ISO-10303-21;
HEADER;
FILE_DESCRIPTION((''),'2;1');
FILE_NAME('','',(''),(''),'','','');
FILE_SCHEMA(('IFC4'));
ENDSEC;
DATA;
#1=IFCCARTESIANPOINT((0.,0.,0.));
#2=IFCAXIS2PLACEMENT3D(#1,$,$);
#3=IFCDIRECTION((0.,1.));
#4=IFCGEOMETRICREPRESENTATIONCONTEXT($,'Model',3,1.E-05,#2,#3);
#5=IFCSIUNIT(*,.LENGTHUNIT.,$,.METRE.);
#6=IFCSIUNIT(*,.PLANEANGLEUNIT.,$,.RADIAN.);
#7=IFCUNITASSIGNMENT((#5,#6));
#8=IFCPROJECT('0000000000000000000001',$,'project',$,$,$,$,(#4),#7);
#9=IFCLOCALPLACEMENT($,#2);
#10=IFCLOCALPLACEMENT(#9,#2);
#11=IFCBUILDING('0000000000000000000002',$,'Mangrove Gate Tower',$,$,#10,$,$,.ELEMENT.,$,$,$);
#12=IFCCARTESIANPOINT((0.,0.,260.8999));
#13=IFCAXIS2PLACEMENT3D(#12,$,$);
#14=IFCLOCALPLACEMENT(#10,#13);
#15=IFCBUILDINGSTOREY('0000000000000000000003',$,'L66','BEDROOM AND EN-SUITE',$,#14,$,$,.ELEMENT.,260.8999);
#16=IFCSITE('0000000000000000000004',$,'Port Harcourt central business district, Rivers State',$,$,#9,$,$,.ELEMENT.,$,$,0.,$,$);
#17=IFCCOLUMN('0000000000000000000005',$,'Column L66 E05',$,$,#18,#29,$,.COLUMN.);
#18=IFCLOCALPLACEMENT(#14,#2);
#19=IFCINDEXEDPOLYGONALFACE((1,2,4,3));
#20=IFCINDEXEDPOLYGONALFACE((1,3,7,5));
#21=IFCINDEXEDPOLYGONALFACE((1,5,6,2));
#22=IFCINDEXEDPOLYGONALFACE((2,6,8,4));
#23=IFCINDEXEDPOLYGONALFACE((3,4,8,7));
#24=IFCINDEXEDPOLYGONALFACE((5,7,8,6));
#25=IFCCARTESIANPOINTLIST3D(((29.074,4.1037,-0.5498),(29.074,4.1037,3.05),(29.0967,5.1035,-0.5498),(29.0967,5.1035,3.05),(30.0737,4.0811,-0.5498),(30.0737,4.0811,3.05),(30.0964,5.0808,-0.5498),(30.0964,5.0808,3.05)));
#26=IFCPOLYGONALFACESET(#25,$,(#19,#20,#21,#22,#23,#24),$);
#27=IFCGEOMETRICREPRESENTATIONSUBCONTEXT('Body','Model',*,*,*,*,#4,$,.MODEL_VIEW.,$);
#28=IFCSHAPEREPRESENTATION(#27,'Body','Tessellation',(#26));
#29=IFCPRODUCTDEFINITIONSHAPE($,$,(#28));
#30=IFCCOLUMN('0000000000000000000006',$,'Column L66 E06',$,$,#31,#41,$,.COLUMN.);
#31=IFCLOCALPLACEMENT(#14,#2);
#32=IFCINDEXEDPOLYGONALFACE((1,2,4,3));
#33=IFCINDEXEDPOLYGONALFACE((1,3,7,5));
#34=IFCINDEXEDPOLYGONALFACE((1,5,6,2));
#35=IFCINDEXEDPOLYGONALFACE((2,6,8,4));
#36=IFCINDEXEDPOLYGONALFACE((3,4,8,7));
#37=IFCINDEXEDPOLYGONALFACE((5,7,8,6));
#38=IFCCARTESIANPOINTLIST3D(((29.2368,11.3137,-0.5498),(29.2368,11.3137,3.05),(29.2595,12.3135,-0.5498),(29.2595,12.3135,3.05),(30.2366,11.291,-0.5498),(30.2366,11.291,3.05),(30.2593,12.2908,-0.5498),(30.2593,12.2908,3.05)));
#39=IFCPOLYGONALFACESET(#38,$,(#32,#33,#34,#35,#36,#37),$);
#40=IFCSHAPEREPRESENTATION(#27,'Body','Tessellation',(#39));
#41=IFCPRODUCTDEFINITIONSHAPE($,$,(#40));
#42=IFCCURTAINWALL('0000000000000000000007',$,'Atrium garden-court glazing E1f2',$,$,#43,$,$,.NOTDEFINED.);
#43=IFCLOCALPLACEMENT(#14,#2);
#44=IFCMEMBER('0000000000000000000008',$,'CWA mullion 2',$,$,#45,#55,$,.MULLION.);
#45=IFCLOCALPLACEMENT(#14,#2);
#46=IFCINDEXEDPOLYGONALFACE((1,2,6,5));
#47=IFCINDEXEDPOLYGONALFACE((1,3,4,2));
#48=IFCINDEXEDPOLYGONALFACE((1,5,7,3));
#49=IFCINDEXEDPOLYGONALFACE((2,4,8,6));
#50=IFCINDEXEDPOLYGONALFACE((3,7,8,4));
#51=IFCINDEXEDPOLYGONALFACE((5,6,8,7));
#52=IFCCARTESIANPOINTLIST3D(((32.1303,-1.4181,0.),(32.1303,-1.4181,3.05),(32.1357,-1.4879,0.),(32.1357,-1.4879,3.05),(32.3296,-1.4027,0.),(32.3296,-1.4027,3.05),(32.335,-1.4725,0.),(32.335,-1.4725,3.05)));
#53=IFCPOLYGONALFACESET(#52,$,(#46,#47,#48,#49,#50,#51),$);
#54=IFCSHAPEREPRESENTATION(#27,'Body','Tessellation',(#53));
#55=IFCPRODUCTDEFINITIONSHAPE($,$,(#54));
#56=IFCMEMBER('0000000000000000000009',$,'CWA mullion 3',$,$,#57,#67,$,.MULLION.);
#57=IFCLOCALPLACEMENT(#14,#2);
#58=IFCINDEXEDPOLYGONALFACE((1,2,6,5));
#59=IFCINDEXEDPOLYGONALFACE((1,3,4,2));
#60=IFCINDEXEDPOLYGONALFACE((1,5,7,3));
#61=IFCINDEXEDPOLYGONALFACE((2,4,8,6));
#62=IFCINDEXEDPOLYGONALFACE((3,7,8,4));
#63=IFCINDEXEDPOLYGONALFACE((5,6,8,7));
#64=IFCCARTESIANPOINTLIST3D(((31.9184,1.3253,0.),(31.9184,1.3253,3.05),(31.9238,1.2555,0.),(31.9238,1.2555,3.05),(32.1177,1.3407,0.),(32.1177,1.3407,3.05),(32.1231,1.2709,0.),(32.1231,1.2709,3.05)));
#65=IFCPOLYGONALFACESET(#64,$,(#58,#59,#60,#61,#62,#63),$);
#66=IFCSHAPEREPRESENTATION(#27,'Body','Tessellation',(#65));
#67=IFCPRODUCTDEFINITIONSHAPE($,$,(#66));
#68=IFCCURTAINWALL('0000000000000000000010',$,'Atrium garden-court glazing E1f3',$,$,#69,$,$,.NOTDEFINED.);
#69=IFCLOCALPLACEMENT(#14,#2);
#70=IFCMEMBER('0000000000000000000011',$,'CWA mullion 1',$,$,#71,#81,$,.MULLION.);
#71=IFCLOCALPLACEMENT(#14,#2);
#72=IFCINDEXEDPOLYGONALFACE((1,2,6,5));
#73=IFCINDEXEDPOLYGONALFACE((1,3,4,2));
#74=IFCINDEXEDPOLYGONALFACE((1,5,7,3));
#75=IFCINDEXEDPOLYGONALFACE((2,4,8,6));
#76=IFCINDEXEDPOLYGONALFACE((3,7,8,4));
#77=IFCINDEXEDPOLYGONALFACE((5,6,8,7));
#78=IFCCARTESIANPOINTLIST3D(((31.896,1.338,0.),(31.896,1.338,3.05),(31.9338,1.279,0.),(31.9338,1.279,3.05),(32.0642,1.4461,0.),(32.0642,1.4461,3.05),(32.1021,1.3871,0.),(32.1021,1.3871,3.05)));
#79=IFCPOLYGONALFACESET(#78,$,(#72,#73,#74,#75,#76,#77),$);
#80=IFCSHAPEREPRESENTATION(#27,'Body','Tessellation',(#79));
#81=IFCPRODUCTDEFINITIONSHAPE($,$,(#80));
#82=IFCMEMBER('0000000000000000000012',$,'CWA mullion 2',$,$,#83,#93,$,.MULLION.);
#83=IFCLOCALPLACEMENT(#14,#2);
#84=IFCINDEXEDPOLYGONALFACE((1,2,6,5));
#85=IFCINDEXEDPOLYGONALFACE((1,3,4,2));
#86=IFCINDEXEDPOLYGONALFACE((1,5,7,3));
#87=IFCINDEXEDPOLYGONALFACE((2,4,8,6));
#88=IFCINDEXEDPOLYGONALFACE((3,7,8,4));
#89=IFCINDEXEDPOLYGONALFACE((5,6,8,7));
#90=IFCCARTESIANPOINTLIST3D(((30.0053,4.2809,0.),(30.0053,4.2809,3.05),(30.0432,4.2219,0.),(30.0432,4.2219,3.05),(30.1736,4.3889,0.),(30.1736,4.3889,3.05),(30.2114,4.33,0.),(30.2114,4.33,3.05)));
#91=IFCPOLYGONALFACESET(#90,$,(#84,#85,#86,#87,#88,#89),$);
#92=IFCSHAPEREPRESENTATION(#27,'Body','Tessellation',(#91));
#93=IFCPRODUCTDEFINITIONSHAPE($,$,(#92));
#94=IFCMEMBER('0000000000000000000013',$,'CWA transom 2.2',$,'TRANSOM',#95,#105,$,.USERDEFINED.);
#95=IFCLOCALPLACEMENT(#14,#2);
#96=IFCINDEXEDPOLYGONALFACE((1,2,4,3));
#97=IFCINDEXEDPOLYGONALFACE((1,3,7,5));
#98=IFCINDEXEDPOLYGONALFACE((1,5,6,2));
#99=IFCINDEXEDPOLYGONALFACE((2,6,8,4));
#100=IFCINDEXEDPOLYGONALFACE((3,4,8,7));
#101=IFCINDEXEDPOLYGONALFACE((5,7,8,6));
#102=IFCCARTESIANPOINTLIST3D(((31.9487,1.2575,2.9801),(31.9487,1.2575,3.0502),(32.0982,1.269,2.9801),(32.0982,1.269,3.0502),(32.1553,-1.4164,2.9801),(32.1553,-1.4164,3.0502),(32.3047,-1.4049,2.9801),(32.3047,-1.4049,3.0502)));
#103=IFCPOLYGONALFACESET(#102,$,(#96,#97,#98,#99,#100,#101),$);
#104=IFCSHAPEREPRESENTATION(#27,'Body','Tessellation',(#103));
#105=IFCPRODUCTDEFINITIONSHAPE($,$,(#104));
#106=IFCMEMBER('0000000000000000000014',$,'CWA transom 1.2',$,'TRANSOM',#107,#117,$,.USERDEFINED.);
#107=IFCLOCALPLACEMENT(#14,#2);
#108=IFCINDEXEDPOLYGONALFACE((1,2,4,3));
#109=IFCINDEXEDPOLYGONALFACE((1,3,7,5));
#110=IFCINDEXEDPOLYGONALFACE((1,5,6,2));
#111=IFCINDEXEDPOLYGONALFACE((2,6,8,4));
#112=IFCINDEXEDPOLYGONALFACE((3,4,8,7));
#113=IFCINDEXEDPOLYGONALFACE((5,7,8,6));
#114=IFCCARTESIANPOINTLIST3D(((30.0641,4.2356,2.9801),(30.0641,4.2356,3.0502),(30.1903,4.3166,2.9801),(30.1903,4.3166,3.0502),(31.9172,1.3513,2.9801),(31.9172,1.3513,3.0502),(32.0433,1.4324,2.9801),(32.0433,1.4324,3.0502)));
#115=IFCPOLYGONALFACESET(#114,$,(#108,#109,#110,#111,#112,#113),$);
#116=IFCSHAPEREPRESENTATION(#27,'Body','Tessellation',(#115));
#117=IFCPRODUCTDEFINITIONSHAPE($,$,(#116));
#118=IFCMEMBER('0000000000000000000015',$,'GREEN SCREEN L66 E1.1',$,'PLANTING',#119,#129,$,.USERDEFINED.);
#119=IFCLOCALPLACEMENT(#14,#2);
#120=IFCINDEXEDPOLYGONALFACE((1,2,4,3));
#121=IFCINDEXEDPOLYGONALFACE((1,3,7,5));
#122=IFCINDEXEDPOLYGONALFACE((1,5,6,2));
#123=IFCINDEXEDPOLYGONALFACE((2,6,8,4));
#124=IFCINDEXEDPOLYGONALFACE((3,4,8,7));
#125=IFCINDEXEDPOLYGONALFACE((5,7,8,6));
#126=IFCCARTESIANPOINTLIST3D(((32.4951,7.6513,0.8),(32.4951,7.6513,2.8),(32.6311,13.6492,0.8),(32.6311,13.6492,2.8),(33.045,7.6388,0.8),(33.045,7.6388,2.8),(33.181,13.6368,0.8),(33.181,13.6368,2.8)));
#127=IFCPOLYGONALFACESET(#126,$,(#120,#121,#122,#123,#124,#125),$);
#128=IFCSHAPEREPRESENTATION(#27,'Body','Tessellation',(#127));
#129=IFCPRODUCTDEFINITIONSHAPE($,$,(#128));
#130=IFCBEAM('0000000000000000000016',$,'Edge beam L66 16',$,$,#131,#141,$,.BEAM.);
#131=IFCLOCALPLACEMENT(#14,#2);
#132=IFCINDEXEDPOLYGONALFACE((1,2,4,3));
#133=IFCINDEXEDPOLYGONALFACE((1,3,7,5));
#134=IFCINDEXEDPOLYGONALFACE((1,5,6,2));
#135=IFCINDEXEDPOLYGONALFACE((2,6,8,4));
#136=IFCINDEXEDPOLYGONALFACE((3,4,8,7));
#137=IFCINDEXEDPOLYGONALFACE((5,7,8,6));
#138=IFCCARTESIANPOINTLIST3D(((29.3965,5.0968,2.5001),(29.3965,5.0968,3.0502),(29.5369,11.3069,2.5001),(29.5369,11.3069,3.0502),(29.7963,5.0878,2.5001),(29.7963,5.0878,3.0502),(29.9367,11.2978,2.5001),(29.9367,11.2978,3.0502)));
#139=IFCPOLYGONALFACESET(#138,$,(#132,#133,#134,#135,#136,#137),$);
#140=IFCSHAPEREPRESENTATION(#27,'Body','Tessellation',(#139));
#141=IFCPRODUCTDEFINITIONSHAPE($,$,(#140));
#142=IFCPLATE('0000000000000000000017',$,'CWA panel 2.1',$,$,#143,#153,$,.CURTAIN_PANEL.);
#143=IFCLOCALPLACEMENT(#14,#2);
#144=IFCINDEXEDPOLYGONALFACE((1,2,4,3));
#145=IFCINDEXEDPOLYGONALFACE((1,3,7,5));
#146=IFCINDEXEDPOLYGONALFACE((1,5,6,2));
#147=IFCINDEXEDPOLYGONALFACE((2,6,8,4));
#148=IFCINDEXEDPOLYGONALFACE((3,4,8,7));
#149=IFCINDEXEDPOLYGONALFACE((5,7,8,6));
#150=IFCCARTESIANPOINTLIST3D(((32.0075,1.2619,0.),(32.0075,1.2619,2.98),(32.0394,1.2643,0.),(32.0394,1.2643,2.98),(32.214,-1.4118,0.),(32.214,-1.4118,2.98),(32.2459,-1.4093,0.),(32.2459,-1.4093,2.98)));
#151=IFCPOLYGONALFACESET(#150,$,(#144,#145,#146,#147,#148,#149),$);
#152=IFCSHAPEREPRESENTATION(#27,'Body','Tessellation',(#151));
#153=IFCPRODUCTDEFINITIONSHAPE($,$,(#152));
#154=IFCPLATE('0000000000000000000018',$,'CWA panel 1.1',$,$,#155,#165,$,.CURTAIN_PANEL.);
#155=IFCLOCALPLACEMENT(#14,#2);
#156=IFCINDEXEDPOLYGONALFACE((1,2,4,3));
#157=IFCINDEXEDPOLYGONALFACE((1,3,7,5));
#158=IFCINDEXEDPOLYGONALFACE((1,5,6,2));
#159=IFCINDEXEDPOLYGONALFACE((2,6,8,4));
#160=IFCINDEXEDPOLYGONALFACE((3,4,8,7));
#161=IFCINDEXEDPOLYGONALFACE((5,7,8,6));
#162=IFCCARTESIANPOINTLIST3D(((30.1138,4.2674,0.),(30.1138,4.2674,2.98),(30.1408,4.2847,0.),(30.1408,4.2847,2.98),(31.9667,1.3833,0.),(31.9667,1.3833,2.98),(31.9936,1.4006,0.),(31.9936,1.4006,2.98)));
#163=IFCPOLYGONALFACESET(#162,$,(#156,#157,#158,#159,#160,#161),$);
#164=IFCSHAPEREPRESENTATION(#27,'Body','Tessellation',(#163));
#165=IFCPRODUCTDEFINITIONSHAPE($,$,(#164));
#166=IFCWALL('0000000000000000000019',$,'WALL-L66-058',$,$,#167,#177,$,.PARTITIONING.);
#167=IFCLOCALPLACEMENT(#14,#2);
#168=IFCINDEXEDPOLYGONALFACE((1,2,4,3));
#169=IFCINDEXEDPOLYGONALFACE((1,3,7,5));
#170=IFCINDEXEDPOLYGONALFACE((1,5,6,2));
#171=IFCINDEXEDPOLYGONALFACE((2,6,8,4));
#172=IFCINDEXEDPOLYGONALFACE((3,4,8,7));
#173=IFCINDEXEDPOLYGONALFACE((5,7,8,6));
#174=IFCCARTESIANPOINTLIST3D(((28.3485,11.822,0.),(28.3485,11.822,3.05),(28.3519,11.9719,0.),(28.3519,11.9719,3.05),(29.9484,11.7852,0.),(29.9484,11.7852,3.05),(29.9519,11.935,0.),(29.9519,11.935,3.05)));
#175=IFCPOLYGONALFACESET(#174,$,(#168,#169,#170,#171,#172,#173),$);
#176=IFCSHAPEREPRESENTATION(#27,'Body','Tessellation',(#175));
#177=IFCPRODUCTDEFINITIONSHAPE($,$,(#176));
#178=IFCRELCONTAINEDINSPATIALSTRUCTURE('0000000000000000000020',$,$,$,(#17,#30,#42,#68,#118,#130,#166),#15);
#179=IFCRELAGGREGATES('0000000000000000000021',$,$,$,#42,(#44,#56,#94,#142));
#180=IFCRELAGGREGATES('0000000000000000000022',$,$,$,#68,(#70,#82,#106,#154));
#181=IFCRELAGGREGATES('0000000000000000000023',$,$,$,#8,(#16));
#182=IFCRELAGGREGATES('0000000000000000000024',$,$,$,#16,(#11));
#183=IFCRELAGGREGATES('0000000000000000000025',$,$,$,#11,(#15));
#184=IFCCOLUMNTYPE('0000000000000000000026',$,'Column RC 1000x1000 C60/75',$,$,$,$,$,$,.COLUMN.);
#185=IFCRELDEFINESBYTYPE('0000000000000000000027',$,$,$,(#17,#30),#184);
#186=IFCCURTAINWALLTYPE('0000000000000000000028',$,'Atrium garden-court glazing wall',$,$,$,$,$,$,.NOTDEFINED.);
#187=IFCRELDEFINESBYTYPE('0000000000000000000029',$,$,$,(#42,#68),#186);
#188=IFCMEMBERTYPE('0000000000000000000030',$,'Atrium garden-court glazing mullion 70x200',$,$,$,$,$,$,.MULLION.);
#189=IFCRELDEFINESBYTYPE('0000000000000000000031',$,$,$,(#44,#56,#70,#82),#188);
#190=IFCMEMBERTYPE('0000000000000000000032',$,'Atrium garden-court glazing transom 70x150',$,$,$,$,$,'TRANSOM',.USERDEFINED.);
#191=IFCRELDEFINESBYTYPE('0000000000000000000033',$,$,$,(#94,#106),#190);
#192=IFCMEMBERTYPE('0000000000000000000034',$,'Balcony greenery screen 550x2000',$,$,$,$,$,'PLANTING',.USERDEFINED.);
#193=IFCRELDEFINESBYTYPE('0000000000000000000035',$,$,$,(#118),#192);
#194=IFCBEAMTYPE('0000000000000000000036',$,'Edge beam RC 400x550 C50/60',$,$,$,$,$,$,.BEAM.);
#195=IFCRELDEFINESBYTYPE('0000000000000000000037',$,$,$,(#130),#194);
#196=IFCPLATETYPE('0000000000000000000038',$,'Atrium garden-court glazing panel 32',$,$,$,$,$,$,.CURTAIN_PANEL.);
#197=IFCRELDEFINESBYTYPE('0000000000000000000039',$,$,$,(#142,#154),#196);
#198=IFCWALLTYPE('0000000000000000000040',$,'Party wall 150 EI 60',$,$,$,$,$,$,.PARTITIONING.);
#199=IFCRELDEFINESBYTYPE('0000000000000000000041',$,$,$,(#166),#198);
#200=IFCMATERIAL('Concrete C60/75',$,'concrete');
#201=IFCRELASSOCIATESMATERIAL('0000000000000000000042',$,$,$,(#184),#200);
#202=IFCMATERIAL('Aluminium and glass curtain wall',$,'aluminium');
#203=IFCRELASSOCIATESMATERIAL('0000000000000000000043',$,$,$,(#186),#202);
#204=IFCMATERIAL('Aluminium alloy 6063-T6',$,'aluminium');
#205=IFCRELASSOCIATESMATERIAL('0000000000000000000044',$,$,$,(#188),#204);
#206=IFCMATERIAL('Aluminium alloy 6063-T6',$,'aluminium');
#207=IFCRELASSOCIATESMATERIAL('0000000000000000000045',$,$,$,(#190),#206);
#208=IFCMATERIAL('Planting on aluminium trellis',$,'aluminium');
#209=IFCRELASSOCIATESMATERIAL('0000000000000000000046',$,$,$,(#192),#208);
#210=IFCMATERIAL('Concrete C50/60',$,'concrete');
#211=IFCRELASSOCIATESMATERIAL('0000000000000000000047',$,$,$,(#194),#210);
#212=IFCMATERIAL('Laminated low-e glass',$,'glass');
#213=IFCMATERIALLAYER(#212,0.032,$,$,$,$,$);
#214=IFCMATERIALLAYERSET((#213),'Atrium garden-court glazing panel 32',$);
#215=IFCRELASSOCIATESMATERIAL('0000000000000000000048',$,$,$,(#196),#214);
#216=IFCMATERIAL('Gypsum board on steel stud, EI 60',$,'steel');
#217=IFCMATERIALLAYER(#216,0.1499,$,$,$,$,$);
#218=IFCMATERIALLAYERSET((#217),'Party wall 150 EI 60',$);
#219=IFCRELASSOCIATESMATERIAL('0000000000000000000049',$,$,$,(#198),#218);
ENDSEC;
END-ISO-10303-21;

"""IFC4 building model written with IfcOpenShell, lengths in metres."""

from ifc_helpers import new_model, si_unit, direction, frame, frame_2d, origin, origin_2d, place, context, subcontext, project, spatial, rectangle, extrude, material, layer, layer_set, material_profile, profile_set, type_object, element, aggregate, save


model = new_model("IFC4")

# Units and contexts
model_context = context("Model", 3, precision=1e-05, world=origin(), true_north=direction((0.0, 1.0)))
body_context = subcontext(model_context, "Body", "Model", "MODEL_VIEW")
ifc_project = project(units=[si_unit("LENGTHUNIT", "METRE"), si_unit("PLANEANGLEUNIT", "RADIAN")], contexts=[model_context])

# Site, building, storey
site_placement = place(None, origin())
site = spatial("IfcSite", under=ifc_project, at=site_placement, Name="Port Harcourt central business district, Rivers State", CompositionType="ELEMENT", RefElevation=0.0)
building_placement = place(site_placement, origin())
building = spatial("IfcBuilding", under=site, at=building_placement, Name="Mangrove Gate Tower", CompositionType="ELEMENT")
storey_placement = place(building_placement, frame((0.0, 0.0, 260.8999)))
storey = spatial("IfcBuildingStorey", under=building, at=storey_placement, Name="L66", Description="BEDROOM AND EN-SUITE", CompositionType="ELEMENT", Elevation=260.8999)

# Columns
ifc_material_1 = material(Name="Concrete C60/75", Category="concrete")
ifc_material_profile_1 = material_profile(ifc_material_1, rectangle(XDim=1.0, YDim=1.0, at=origin_2d()))
ifc_profile_set_1 = profile_set([ifc_material_profile_1], Name="Concrete C60/75")
column_type = type_object("IfcColumnType", Name="Column RC 1000x1000 C60/75", PredefinedType="COLUMN", material=ifc_profile_set_1)
for number, where, z_axis, x_axis, name in (
    (1, (29.5852, 4.5923, -0.5498), (0.0, 0.0, 1.0), (0.02266, 0.999743, 0.0), "Column L66 E05"),
    (2, (29.748, 11.8022, -0.5498), (0.0, 0.0, 1.0), (0.022669, 0.999743, 0.0), "Column L66 E06"),
):
    element("IfcColumn", number, at=place(storey_placement, frame(where, z_axis=z_axis, x_axis=x_axis)), inside=storey, type_object=column_type, Name=name, PredefinedType="COLUMN", context=body_context, shape_type="SweptSolid", body=[
        extrude(rectangle(XDim=1.0, YDim=1.0, at=origin_2d()), origin(), (0.0, 0.0, 1.0), 3.5999),
    ])

# Curtain walls, members
ifc_material_2 = material(Name="Aluminium and glass curtain wall", Category="aluminium")
curtain_wall_type = type_object("IfcCurtainWallType", Name="Atrium garden-court glazing wall", PredefinedType="NOTDEFINED", material=ifc_material_2)
curtain_wall_1_placement = place(storey_placement, origin())
curtain_wall_1 = element("IfcCurtainWall", 3, at=curtain_wall_1_placement, inside=storey, type_object=curtain_wall_type, Name="Atrium garden-court glazing E1f2", PredefinedType="NOTDEFINED")
ifc_material_3 = material(Name="Aluminium alloy 6063-T6", Category="aluminium")
ifc_material_profile_2 = material_profile(ifc_material_3, rectangle(XDim=0.0701, YDim=0.2, at=origin_2d()))
ifc_profile_set_2 = profile_set([ifc_material_profile_2], Name="Aluminium alloy 6063-T6")
member_type_1 = type_object("IfcMemberType", Name="Atrium garden-court glazing mullion 70x200", PredefinedType="MULLION", material=ifc_profile_set_2)
member_1_placement = place(storey_placement, frame((32.2327, -1.4453, 0.0), z_axis=(0.0, 0.0, 1.0), x_axis=(-0.077023, 0.997029, 0.0)))
member_1 = element("IfcMember", 4, at=member_1_placement, type_object=member_type_1, Name="CWA mullion 2", PredefinedType="MULLION", context=body_context, shape_type="SweptSolid", body=[
    extrude(rectangle(XDim=0.0701, YDim=0.2, at=origin_2d()), origin(), (0.0, 0.0, 1.0), 3.05),
])
member_2_placement = place(storey_placement, frame((32.0208, 1.2981, 0.0), z_axis=(0.0, 0.0, 1.0), x_axis=(-0.077023, 0.997029, 0.0)))
member_2 = element("IfcMember", 5, at=member_2_placement, type_object=member_type_1, Name="CWA mullion 3", PredefinedType="MULLION", context=body_context, shape_type="SweptSolid", body=[
    extrude(rectangle(XDim=0.0701, YDim=0.2, at=origin_2d()), origin(), (0.0, 0.0, 1.0), 3.05),
])
curtain_wall_2_placement = place(storey_placement, origin())
curtain_wall_2 = element("IfcCurtainWall", 6, at=curtain_wall_2_placement, inside=storey, type_object=curtain_wall_type, Name="Atrium garden-court glazing E1f3", PredefinedType="NOTDEFINED")
member_3_placement = place(storey_placement, frame((31.999, 1.3625, 0.0), z_axis=(0.0, 0.0, 1.0), x_axis=(-0.540498, 0.841345, 0.0)))
member_3 = element("IfcMember", 7, at=member_3_placement, type_object=member_type_1, Name="CWA mullion 1", PredefinedType="MULLION", context=body_context, shape_type="SweptSolid", body=[
    extrude(rectangle(XDim=0.0701, YDim=0.2, at=origin_2d()), origin(), (0.0, 0.0, 1.0), 3.05),
])
member_4_placement = place(storey_placement, frame((30.1084, 4.3054, 0.0), z_axis=(0.0, 0.0, 1.0), x_axis=(-0.540498, 0.841345, 0.0)))
member_4 = element("IfcMember", 8, at=member_4_placement, type_object=member_type_1, Name="CWA mullion 2", PredefinedType="MULLION", context=body_context, shape_type="SweptSolid", body=[
    extrude(rectangle(XDim=0.0701, YDim=0.2, at=origin_2d()), origin(), (0.0, 0.0, 1.0), 3.05),
])

# Members
ifc_material_4 = material(Name="Aluminium alloy 6063-T6", Category="aluminium")
ifc_material_profile_3 = material_profile(ifc_material_4, rectangle(XDim=0.0701, YDim=0.1499, at=origin_2d()))
ifc_profile_set_3 = profile_set([ifc_material_profile_3], Name="Aluminium alloy 6063-T6")
member_type_2 = type_object("IfcMemberType", Name="Atrium garden-court glazing transom 70x150", ElementType="TRANSOM", PredefinedType="USERDEFINED", material=ifc_profile_set_3)
member_5_placement = place(storey_placement, frame((32.23, -1.4106, 3.0151), z_axis=(-0.077017, 0.99703, 0.0), x_axis=(0.0, 0.0, 1.0)))
member_5 = element("IfcMember", 9, at=member_5_placement, type_object=member_type_2, Name="CWA transom 2.2", ObjectType="TRANSOM", PredefinedType="USERDEFINED", context=body_context, shape_type="SweptSolid", body=[
    extrude(rectangle(XDim=0.0701, YDim=0.1499, at=origin_2d()), origin(), (0.0, 0.0, 1.0), 2.6819),
])
member_6_placement = place(storey_placement, frame((31.9802, 1.3918, 3.0151), z_axis=(-0.54052, 0.841331, 0.0), x_axis=(0.0, 0.0, 1.0)))
member_6 = element("IfcMember", 10, at=member_6_placement, type_object=member_type_2, Name="CWA transom 1.2", ObjectType="TRANSOM", PredefinedType="USERDEFINED", context=body_context, shape_type="SweptSolid", body=[
    extrude(rectangle(XDim=0.0701, YDim=0.1499, at=origin_2d()), origin(), (0.0, 0.0, 1.0), 3.4282),
])
ifc_material_5 = material(Name="Planting on aluminium trellis", Category="aluminium")
ifc_material_profile_4 = material_profile(ifc_material_5, rectangle(XDim=0.55, YDim=2.0, at=origin_2d()))
ifc_profile_set_4 = profile_set([ifc_material_profile_4], Name="Planting on aluminium trellis")
member_type_3 = type_object("IfcMemberType", Name="Balcony greenery screen 550x2000", ElementType="PLANTING", PredefinedType="USERDEFINED", material=ifc_profile_set_4)
member_7_placement = place(storey_placement, frame((32.77, 7.645, 1.8), z_axis=(0.022666, 0.999743, 0.0), x_axis=(-0.999743, 0.022666, 0.0)))
element("IfcMember", 11, at=member_7_placement, inside=storey, type_object=member_type_3, Name="GREEN SCREEN L66 E1.1", ObjectType="PLANTING", PredefinedType="USERDEFINED", context=body_context, shape_type="SweptSolid", body=[
    extrude(rectangle(XDim=0.55, YDim=2.0, at=origin_2d()), origin(), (0.0, 0.0, 1.0), 5.9995),
])

# Beam
ifc_material_6 = material(Name="Concrete C50/60", Category="concrete")
ifc_material_profile_5 = material_profile(ifc_material_6, rectangle(XDim=0.3999, YDim=0.55, at=origin_2d()))
ifc_profile_set_5 = profile_set([ifc_material_profile_5], Name="Concrete C50/60")
beam_type = type_object("IfcBeamType", Name="Edge beam RC 400x550 C50/60", PredefinedType="BEAM", material=ifc_profile_set_5)
beam_placement = place(storey_placement, frame((29.5964, 5.0923, 2.7751), z_axis=(0.022599, 0.999745, 0.0), x_axis=(-0.999745, 0.022599, 0.0)))
element("IfcBeam", 12, at=beam_placement, inside=storey, type_object=beam_type, Name="Edge beam L66 16", PredefinedType="BEAM", context=body_context, shape_type="SweptSolid", body=[
    extrude(rectangle(XDim=0.3999, YDim=0.55, at=origin_2d()), origin(), (0.0, 0.0, 1.0), 6.2117),
])

# Plates
ifc_material_7 = material(Name="Laminated low-e glass", Category="glass")
ifc_layer_1 = layer(ifc_material_7, 0.032)
ifc_layer_set_1 = layer_set([ifc_layer_1], Name="Atrium garden-court glazing panel 32")
plate_type = type_object("IfcPlateType", Name="Atrium garden-court glazing panel 32", PredefinedType="CURTAIN_PANEL", material=ifc_layer_set_1)
plate_1_placement = place(storey_placement, frame((32.1267, -0.0737, 0.0), z_axis=(0.0, 0.0, 1.0), x_axis=(-0.077023, 0.997029, 0.0)))
plate_1 = element("IfcPlate", 13, at=plate_1_placement, type_object=plate_type, Name="CWA panel 2.1", PredefinedType="CURTAIN_PANEL", context=body_context, shape_type="SweptSolid", body=[
    extrude(rectangle(XDim=2.6816, YDim=0.032, at=origin_2d()), origin(), (0.0, 0.0, 1.0), 2.98),
])
aggregate(curtain_wall_1, [member_1, member_2, member_5, plate_1])
plate_2_placement = place(storey_placement, frame((31.0537, 2.834, 0.0), z_axis=(0.0, 0.0, 1.0), x_axis=(-0.540498, 0.841345, 0.0)))
plate_2 = element("IfcPlate", 14, at=plate_2_placement, type_object=plate_type, Name="CWA panel 1.1", PredefinedType="CURTAIN_PANEL", context=body_context, shape_type="SweptSolid", body=[
    extrude(rectangle(XDim=3.428, YDim=0.032, at=origin_2d()), origin(), (0.0, 0.0, 1.0), 2.98),
])
aggregate(curtain_wall_2, [member_3, member_4, member_6, plate_2])

# Wall
ifc_material_8 = material(Name="Gypsum board on steel stud, EI 60", Category="steel")
ifc_layer_2 = layer(ifc_material_8, 0.1499)
ifc_layer_set_2 = layer_set([ifc_layer_2], Name="Party wall 150 EI 60")
wall_type_1 = type_object("IfcWallType", Name="Party wall 150 EI 60", PredefinedType="PARTITIONING", material=ifc_layer_set_2)
wall_1_placement = place(storey_placement, frame((28.3501, 11.897, 0.0), z_axis=(0.0, 0.0, 1.0), x_axis=(0.999735, -0.023037, 0.0)))
element("IfcWall", 15, at=wall_1_placement, inside=storey, type_object=wall_type_1, Name="WALL-L66-058", PredefinedType="PARTITIONING", context=body_context, shape_type="SweptSolid", body=[
    extrude(rectangle(XDim=1.6003, YDim=0.1499, at=frame_2d((0.8003, 0.0))), origin(), (0.0, 0.0, 1.0), 3.05),
])

save(model, "model.ifc")
